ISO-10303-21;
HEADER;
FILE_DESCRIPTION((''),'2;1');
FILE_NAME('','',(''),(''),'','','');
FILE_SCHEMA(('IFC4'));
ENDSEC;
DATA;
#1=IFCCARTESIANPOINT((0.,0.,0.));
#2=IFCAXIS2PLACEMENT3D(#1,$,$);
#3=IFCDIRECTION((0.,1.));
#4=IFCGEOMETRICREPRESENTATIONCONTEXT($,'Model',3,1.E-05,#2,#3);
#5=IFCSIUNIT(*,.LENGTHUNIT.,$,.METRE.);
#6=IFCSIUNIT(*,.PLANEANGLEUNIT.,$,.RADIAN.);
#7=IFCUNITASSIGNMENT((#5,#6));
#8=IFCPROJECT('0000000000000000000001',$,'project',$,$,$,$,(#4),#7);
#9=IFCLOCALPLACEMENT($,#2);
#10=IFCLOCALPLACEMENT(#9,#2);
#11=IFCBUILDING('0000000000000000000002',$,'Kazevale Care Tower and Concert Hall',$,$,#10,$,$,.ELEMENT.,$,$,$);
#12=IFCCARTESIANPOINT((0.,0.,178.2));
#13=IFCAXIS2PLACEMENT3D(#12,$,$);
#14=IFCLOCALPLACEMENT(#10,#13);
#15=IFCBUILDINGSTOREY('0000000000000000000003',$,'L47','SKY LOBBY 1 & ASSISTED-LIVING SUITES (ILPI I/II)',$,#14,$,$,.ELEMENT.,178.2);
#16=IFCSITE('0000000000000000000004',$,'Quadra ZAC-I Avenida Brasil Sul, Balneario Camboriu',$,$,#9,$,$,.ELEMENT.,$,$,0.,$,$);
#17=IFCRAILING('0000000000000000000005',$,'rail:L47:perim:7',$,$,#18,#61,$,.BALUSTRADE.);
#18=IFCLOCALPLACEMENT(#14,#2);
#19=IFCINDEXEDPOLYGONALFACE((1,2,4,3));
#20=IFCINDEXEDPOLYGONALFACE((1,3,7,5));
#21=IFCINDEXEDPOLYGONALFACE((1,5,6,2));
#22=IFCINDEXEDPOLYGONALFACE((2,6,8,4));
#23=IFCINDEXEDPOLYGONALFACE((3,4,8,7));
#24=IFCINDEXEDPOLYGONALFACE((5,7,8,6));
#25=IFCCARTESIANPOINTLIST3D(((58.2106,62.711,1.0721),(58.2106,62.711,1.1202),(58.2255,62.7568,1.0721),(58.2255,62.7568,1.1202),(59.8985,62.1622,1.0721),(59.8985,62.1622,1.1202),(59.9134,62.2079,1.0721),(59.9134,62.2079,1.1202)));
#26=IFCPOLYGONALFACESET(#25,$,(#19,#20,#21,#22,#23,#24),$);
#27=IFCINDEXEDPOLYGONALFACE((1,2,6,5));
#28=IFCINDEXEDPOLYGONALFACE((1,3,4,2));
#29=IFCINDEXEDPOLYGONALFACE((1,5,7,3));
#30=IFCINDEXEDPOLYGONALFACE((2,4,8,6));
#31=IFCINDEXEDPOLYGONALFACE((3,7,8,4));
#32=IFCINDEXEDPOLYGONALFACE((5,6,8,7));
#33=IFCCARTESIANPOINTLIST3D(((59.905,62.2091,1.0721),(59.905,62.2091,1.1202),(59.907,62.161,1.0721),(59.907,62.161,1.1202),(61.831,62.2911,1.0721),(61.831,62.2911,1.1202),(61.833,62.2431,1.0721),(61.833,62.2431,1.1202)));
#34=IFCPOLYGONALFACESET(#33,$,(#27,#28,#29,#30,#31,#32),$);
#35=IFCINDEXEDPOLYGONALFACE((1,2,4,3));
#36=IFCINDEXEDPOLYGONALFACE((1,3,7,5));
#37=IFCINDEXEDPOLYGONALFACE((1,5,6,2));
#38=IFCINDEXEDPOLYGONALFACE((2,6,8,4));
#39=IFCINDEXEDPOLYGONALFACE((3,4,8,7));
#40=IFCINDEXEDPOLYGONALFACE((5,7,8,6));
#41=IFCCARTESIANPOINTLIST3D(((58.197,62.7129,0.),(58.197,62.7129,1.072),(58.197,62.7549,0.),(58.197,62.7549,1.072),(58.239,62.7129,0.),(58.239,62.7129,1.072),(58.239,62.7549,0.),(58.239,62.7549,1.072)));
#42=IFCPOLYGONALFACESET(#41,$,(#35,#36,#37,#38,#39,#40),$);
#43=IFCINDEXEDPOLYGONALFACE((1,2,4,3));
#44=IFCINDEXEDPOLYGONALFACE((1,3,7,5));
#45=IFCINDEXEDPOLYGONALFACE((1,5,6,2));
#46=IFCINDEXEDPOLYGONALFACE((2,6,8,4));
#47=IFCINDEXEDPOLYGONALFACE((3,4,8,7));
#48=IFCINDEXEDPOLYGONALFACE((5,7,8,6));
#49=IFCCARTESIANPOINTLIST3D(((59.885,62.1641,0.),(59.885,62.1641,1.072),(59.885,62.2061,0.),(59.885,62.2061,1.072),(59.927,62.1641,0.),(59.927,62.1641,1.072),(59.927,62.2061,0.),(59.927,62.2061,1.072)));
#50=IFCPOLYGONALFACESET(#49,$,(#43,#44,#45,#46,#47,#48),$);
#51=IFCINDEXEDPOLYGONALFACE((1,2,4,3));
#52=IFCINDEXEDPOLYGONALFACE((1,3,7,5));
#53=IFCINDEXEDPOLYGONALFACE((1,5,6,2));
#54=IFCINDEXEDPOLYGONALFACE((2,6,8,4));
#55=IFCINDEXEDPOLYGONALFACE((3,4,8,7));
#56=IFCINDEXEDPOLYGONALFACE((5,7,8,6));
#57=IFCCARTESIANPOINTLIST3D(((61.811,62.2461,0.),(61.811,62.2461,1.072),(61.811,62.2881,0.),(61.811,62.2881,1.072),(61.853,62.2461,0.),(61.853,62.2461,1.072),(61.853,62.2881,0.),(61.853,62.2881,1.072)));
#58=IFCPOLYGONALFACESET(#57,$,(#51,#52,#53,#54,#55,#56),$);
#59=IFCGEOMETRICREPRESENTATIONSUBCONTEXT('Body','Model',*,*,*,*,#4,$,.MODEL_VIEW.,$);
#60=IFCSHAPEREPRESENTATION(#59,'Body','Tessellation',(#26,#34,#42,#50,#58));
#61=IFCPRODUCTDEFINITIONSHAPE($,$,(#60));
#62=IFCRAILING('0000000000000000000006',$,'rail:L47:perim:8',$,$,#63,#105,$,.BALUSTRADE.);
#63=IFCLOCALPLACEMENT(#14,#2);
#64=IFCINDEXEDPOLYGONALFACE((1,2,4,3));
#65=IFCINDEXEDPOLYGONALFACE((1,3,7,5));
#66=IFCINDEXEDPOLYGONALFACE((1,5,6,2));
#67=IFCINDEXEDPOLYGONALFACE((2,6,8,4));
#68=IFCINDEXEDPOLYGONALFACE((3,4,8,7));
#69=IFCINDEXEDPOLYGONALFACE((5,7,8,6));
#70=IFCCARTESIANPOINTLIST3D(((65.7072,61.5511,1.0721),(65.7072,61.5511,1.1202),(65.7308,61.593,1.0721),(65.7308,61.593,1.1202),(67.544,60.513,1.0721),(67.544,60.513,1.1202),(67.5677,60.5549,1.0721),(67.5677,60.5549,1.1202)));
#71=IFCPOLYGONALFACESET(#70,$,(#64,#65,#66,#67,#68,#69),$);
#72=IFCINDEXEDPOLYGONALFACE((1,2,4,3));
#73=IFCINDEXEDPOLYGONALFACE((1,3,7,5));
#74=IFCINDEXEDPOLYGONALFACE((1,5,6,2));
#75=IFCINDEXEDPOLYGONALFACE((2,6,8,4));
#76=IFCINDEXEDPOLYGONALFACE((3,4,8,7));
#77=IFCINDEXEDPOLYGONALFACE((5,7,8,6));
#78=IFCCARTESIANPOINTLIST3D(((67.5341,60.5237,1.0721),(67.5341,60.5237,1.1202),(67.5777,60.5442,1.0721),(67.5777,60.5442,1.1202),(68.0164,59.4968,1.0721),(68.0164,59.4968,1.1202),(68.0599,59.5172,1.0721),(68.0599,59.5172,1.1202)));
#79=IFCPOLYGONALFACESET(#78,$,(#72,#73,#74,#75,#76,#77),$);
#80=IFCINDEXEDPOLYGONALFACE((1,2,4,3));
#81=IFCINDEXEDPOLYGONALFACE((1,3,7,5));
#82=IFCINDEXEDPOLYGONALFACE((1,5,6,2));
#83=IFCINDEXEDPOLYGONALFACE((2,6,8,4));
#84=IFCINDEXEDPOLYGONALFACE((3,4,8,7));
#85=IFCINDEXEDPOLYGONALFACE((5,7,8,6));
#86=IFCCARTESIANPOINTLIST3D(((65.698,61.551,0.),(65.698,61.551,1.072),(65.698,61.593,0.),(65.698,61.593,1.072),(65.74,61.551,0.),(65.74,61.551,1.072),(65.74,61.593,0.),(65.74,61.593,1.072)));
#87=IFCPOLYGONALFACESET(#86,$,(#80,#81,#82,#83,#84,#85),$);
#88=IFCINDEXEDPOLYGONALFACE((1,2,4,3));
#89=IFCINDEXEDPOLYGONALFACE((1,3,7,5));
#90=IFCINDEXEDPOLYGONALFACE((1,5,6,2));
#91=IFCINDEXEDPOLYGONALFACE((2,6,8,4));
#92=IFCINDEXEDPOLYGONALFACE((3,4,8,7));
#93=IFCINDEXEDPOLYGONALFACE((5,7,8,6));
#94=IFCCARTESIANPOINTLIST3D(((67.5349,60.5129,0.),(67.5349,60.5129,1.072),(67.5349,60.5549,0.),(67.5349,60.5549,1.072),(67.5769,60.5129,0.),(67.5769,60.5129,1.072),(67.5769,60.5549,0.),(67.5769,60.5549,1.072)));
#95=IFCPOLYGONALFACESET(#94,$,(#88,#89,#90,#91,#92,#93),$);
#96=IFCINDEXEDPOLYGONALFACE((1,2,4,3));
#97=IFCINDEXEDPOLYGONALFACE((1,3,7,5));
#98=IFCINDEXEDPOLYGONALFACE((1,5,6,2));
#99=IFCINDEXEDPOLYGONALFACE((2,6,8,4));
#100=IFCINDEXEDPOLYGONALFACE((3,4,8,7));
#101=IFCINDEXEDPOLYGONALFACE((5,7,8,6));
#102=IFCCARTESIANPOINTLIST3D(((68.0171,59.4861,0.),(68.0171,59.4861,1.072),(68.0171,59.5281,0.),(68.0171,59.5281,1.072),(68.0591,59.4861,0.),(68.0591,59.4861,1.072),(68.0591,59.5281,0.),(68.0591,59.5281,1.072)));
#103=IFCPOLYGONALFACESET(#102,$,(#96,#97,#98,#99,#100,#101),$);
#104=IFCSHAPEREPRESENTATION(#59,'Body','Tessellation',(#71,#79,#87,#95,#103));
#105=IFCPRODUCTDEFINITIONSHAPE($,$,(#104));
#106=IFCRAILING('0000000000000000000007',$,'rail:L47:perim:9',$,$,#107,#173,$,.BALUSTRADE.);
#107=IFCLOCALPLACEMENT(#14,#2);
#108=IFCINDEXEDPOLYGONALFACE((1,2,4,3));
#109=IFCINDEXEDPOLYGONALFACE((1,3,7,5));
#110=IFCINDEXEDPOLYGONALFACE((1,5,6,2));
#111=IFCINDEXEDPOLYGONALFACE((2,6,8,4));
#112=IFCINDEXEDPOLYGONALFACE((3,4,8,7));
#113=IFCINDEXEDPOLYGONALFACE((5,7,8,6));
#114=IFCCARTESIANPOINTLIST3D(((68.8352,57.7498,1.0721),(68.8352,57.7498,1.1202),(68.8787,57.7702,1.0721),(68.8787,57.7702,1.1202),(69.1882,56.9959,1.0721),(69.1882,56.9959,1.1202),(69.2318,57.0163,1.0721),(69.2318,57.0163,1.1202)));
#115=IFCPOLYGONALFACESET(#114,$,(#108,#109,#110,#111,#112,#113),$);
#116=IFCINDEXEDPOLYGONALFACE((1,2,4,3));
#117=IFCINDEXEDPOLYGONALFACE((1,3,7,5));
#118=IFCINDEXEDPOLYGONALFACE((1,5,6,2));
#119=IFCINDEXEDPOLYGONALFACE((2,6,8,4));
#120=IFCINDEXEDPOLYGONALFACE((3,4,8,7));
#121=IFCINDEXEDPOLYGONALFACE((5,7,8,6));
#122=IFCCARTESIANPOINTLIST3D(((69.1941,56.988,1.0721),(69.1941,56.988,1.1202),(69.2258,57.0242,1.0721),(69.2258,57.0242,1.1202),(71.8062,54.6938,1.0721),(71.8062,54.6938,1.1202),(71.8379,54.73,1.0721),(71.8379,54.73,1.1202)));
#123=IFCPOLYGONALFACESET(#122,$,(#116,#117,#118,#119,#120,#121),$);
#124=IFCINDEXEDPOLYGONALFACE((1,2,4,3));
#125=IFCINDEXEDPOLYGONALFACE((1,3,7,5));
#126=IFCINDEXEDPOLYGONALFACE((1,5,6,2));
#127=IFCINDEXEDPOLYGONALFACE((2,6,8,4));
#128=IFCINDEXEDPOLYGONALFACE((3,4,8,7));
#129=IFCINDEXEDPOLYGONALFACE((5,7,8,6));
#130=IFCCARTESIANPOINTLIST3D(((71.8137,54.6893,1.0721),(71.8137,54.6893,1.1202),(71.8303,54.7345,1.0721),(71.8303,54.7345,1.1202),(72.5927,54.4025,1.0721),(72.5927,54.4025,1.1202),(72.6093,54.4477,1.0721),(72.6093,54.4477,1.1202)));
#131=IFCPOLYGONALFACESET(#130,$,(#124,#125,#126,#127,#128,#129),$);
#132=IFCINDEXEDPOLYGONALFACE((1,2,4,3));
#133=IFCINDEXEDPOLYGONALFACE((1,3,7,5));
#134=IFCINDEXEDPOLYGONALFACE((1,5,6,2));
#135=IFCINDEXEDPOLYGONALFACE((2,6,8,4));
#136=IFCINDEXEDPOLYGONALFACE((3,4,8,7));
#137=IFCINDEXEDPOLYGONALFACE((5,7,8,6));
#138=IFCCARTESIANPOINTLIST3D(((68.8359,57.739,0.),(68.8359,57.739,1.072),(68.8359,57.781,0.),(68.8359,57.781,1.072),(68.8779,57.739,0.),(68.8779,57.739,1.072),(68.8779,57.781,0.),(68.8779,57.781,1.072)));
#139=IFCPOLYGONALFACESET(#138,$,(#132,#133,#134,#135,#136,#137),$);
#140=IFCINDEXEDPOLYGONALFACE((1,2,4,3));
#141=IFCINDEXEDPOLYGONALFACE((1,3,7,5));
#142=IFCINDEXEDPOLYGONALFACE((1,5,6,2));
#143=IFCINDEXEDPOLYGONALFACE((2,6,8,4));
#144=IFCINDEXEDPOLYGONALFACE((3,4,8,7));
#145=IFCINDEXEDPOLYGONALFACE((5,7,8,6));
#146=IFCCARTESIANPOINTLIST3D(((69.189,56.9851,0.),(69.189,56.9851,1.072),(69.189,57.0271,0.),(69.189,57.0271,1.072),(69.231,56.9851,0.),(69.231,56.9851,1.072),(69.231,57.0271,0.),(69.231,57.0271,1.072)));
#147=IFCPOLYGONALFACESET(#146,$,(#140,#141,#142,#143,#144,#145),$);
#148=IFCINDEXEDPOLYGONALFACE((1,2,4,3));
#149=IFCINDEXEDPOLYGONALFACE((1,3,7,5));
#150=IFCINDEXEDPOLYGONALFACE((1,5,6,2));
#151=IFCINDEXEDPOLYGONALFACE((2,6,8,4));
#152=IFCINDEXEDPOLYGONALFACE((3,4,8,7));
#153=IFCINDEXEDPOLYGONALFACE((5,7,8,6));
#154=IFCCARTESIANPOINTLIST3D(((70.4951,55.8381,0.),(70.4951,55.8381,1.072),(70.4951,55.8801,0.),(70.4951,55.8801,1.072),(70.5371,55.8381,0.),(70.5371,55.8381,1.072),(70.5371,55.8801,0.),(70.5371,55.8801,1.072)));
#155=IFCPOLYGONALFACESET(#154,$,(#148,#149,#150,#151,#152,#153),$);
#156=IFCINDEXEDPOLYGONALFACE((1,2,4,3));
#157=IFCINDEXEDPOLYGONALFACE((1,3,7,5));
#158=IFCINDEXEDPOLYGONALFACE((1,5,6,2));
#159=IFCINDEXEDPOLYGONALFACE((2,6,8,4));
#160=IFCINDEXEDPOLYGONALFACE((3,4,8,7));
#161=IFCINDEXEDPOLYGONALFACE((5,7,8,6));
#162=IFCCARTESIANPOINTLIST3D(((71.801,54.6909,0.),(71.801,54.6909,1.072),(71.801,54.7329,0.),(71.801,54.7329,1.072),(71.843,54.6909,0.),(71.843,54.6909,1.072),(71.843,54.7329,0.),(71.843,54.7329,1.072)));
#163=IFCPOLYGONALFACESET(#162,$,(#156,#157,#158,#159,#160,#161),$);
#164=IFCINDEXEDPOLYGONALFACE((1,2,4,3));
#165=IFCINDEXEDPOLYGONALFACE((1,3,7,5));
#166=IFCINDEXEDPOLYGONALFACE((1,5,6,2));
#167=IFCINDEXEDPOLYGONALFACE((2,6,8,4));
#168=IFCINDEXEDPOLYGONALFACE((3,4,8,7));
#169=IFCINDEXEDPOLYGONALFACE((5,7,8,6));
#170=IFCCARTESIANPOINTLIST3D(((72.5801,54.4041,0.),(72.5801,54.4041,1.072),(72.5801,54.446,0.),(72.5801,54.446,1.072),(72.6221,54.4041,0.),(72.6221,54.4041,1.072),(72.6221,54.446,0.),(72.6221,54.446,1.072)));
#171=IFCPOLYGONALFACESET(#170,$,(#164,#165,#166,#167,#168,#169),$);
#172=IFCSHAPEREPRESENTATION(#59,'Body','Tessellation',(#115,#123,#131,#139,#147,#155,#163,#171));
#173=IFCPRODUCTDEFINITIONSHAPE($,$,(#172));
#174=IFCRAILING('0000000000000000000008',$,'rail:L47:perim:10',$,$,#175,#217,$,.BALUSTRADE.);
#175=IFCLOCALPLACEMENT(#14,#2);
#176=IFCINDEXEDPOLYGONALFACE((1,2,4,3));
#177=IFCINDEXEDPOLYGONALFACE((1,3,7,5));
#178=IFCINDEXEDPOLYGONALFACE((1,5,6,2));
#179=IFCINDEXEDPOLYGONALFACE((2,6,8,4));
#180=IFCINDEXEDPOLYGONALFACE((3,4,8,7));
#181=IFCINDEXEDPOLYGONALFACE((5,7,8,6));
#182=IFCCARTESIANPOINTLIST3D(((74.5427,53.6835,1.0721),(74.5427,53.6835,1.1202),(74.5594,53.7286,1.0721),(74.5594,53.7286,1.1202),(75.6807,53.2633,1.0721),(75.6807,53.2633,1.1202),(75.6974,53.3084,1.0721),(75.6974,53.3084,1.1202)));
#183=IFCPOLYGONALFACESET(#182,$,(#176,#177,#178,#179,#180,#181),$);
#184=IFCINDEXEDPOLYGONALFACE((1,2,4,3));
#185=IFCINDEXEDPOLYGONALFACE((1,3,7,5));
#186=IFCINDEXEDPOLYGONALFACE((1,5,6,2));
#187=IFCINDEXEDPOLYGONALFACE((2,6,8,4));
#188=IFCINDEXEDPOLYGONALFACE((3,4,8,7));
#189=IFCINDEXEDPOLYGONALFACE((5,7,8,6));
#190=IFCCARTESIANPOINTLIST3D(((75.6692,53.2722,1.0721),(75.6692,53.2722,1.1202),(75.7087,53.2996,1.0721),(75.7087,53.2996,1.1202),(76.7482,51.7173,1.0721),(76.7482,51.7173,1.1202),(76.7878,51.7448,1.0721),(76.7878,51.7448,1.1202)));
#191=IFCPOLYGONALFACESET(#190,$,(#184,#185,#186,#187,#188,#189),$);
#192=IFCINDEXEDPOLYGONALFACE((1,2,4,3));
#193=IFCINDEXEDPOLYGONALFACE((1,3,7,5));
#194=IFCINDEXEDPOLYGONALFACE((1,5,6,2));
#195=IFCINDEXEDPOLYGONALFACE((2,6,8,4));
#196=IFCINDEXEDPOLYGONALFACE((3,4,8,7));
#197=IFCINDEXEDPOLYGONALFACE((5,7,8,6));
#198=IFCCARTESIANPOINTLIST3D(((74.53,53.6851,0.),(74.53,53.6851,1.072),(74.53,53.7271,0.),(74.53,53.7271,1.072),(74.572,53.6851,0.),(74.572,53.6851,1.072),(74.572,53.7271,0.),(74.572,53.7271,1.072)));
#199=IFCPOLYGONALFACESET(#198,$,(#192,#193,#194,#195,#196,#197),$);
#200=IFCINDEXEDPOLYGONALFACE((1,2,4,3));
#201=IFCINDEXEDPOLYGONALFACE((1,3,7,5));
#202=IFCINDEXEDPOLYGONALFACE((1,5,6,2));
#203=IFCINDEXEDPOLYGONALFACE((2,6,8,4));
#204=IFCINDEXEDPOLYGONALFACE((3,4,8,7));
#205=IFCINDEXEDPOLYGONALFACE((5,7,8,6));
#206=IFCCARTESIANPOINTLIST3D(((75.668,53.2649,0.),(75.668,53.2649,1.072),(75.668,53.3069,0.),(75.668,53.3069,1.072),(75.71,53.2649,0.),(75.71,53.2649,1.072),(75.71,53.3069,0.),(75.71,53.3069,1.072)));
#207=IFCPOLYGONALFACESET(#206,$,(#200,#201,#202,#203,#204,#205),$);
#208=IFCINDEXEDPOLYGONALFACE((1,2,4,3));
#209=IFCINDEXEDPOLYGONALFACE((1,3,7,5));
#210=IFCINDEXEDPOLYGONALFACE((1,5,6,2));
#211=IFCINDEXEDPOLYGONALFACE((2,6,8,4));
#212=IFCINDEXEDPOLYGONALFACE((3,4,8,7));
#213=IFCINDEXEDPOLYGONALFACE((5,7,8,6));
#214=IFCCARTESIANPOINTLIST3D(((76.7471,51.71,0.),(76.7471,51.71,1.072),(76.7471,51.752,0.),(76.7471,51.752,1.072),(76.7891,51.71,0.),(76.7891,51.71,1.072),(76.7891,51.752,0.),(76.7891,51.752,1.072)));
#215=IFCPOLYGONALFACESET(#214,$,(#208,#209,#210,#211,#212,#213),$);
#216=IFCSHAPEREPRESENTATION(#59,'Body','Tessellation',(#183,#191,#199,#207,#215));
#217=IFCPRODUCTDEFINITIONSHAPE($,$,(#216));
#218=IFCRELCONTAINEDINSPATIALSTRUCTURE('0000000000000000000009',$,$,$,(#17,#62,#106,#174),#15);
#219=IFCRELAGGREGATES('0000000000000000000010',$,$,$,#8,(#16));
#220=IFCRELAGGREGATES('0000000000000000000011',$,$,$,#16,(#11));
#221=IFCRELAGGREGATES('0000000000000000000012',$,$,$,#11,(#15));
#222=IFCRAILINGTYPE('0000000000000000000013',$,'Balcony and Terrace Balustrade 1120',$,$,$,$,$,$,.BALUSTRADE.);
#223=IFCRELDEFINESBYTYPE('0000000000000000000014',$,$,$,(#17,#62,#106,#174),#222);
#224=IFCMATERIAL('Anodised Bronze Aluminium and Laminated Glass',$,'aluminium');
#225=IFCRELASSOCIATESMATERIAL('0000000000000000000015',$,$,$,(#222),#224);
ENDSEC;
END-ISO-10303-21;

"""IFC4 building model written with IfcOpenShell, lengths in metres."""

from ifc_helpers import new_model, si_unit, direction, frame, origin, origin_2d, place, context, subcontext, project, spatial, rectangle, extrude, material, type_object, element, save


model = new_model("IFC4")

# Units and contexts
model_context = context("Model", 3, precision=1e-05, world=origin(), true_north=direction((0.0, 1.0)))
body_context = subcontext(model_context, "Body", "Model", "MODEL_VIEW")
ifc_project = project(units=[si_unit("LENGTHUNIT", "METRE"), si_unit("PLANEANGLEUNIT", "RADIAN")], contexts=[model_context])

# Site, building, storey
site_placement = place(None, origin())
site = spatial("IfcSite", under=ifc_project, at=site_placement, Name="Quadra ZAC-I Avenida Brasil Sul, Balneario Camboriu", CompositionType="ELEMENT", RefElevation=0.0)
building_placement = place(site_placement, origin())
building = spatial("IfcBuilding", under=site, at=building_placement, Name="Kazevale Care Tower and Concert Hall", CompositionType="ELEMENT")
storey_placement = place(building_placement, frame((0.0, 0.0, 178.2)))
storey = spatial("IfcBuildingStorey", under=building, at=storey_placement, Name="L47", Description="SKY LOBBY 1 & ASSISTED-LIVING SUITES (ILPI I/II)", CompositionType="ELEMENT", Elevation=178.2)

# Railings
ifc_material_1 = material(Name="Anodised Bronze Aluminium and Laminated Glass", Category="aluminium")
railing_type = type_object("IfcRailingType", Name="Balcony and Terrace Balustrade 1120", PredefinedType="BALUSTRADE", material=ifc_material_1)
railing_1_placement = place(storey_placement, frame((58.218, 62.7339, 0.0)))
element("IfcRailing", 1, at=railing_1_placement, inside=storey, type_object=railing_type, Name="rail:L47:perim:7", PredefinedType="BALUSTRADE", context=body_context, shape_type="SweptSolid", body=[
    extrude(rectangle(XDim=0.0481, YDim=0.0481, at=origin_2d()), frame((0.0, 0.0, 1.0962), z_axis=(0.950996, -0.309204, 0.0), x_axis=(0.309204, 0.950996, 0.0)), (0.0, 0.0, 1.0), 1.7749),
    extrude(rectangle(XDim=0.0481, YDim=0.0481, at=origin_2d()), frame((1.688, -0.5488, 1.0962), z_axis=(0.999094, 0.042552, 0.0), x_axis=(-0.042552, 0.999094, 0.0)), (0.0, 0.0, 1.0), 1.9277),
    extrude(rectangle(XDim=0.042, YDim=0.042, at=origin_2d()), origin(), (0.0, 0.0, 1.0), 1.072),
    extrude(rectangle(XDim=0.042, YDim=0.042, at=origin_2d()), frame((1.688, -0.5488, 0.0)), (0.0, 0.0, 1.0), 1.072),
    extrude(rectangle(XDim=0.042, YDim=0.042, at=origin_2d()), frame((3.614, -0.4668, 0.0)), (0.0, 0.0, 1.0), 1.072),
])
railing_2_placement = place(storey_placement, frame((65.719, 61.572, 0.0)))
element("IfcRailing", 2, at=railing_2_placement, inside=storey, type_object=railing_type, Name="rail:L47:perim:8", PredefinedType="BALUSTRADE", context=body_context, shape_type="SweptSolid", body=[
    extrude(rectangle(XDim=0.0481, YDim=0.0481, at=origin_2d()), frame((0.0, 0.0, 1.0962), z_axis=(0.870597, -0.491996, 0.0), x_axis=(0.491996, 0.870597, 0.0)), (0.0, 0.0, 1.0), 2.1099),
    extrude(rectangle(XDim=0.0481, YDim=0.0481, at=origin_2d()), frame((1.8369, -1.0381, 1.0962), z_axis=(0.42504, -0.905174, 0.0), x_axis=(0.905174, 0.42504, 0.0)), (0.0, 0.0, 1.0), 1.1345),
    extrude(rectangle(XDim=0.042, YDim=0.042, at=origin_2d()), origin(), (0.0, 0.0, 1.0), 1.072),
    extrude(rectangle(XDim=0.042, YDim=0.042, at=origin_2d()), frame((1.8369, -1.0381, 0.0)), (0.0, 0.0, 1.0), 1.072),
    extrude(rectangle(XDim=0.042, YDim=0.042, at=origin_2d()), frame((2.3191, -2.0649, 0.0)), (0.0, 0.0, 1.0), 1.072),
])
railing_3_placement = place(storey_placement, frame((68.8569, 57.76, 0.0)))
element("IfcRailing", 3, at=railing_3_placement, inside=storey, type_object=railing_type, Name="rail:L47:perim:9", PredefinedType="BALUSTRADE", context=body_context, shape_type="SweptSolid", body=[
    extrude(rectangle(XDim=0.0481, YDim=0.0481, at=origin_2d()), frame((0.0, 0.0, 1.0962), z_axis=(0.424073, -0.905628, 0.0), x_axis=(0.905628, 0.424073, 0.0)), (0.0, 0.0, 1.0), 0.8325),
    extrude(rectangle(XDim=0.0481, YDim=0.0481, at=origin_2d()), frame((0.353, -0.7539, 1.0962), z_axis=(0.751344, -0.65991, 0.0), x_axis=(0.65991, 0.751344, 0.0)), (0.0, 0.0, 1.0), 3.4766),
    extrude(rectangle(XDim=0.0481, YDim=0.0481, at=origin_2d()), frame((2.9651, -3.0481, 1.0962), z_axis=(0.938403, -0.345542, 0.0), x_axis=(0.345542, 0.938403, 0.0)), (0.0, 0.0, 1.0), 0.8301),
    extrude(rectangle(XDim=0.042, YDim=0.042, at=origin_2d()), origin(), (0.0, 0.0, 1.0), 1.072),
    extrude(rectangle(XDim=0.042, YDim=0.042, at=origin_2d()), frame((0.353, -0.7539, 0.0)), (0.0, 0.0, 1.0), 1.072),
    extrude(rectangle(XDim=0.042, YDim=0.042, at=origin_2d()), frame((1.6592, -1.9009, 0.0)), (0.0, 0.0, 1.0), 1.072),
    extrude(rectangle(XDim=0.042, YDim=0.042, at=origin_2d()), frame((2.9651, -3.0481, 0.0)), (0.0, 0.0, 1.0), 1.072),
    extrude(rectangle(XDim=0.042, YDim=0.042, at=origin_2d()), frame((3.7441, -3.335, 0.0)), (0.0, 0.0, 1.0), 1.072),
])
railing_4_placement = place(storey_placement, frame((74.551, 53.7061, 0.0)))
element("IfcRailing", 4, at=railing_4_placement, inside=storey, type_object=railing_type, Name="rail:L47:perim:10", PredefinedType="BALUSTRADE", context=body_context, shape_type="SweptSolid", body=[
    extrude(rectangle(XDim=0.0481, YDim=0.0481, at=origin_2d()), frame((0.0, 0.0, 1.0962), z_axis=(0.938095, -0.346377, 0.0), x_axis=(0.346377, 0.938095, 0.0)), (0.0, 0.0, 1.0), 1.2131),
    extrude(rectangle(XDim=0.0481, YDim=0.0481, at=origin_2d()), frame((1.1379, -0.4202, 1.0962), z_axis=(0.570142, -0.821546, 0.0), x_axis=(0.821546, 0.570142, 0.0)), (0.0, 0.0, 1.0), 1.8926),
    extrude(rectangle(XDim=0.042, YDim=0.042, at=origin_2d()), origin(), (0.0, 0.0, 1.0), 1.072),
    extrude(rectangle(XDim=0.042, YDim=0.042, at=origin_2d()), frame((1.1379, -0.4202, 0.0)), (0.0, 0.0, 1.0), 1.072),
    extrude(rectangle(XDim=0.042, YDim=0.042, at=origin_2d()), frame((2.217, -1.9751, 0.0)), (0.0, 0.0, 1.0), 1.072),
])

save(model, "model.ifc")
